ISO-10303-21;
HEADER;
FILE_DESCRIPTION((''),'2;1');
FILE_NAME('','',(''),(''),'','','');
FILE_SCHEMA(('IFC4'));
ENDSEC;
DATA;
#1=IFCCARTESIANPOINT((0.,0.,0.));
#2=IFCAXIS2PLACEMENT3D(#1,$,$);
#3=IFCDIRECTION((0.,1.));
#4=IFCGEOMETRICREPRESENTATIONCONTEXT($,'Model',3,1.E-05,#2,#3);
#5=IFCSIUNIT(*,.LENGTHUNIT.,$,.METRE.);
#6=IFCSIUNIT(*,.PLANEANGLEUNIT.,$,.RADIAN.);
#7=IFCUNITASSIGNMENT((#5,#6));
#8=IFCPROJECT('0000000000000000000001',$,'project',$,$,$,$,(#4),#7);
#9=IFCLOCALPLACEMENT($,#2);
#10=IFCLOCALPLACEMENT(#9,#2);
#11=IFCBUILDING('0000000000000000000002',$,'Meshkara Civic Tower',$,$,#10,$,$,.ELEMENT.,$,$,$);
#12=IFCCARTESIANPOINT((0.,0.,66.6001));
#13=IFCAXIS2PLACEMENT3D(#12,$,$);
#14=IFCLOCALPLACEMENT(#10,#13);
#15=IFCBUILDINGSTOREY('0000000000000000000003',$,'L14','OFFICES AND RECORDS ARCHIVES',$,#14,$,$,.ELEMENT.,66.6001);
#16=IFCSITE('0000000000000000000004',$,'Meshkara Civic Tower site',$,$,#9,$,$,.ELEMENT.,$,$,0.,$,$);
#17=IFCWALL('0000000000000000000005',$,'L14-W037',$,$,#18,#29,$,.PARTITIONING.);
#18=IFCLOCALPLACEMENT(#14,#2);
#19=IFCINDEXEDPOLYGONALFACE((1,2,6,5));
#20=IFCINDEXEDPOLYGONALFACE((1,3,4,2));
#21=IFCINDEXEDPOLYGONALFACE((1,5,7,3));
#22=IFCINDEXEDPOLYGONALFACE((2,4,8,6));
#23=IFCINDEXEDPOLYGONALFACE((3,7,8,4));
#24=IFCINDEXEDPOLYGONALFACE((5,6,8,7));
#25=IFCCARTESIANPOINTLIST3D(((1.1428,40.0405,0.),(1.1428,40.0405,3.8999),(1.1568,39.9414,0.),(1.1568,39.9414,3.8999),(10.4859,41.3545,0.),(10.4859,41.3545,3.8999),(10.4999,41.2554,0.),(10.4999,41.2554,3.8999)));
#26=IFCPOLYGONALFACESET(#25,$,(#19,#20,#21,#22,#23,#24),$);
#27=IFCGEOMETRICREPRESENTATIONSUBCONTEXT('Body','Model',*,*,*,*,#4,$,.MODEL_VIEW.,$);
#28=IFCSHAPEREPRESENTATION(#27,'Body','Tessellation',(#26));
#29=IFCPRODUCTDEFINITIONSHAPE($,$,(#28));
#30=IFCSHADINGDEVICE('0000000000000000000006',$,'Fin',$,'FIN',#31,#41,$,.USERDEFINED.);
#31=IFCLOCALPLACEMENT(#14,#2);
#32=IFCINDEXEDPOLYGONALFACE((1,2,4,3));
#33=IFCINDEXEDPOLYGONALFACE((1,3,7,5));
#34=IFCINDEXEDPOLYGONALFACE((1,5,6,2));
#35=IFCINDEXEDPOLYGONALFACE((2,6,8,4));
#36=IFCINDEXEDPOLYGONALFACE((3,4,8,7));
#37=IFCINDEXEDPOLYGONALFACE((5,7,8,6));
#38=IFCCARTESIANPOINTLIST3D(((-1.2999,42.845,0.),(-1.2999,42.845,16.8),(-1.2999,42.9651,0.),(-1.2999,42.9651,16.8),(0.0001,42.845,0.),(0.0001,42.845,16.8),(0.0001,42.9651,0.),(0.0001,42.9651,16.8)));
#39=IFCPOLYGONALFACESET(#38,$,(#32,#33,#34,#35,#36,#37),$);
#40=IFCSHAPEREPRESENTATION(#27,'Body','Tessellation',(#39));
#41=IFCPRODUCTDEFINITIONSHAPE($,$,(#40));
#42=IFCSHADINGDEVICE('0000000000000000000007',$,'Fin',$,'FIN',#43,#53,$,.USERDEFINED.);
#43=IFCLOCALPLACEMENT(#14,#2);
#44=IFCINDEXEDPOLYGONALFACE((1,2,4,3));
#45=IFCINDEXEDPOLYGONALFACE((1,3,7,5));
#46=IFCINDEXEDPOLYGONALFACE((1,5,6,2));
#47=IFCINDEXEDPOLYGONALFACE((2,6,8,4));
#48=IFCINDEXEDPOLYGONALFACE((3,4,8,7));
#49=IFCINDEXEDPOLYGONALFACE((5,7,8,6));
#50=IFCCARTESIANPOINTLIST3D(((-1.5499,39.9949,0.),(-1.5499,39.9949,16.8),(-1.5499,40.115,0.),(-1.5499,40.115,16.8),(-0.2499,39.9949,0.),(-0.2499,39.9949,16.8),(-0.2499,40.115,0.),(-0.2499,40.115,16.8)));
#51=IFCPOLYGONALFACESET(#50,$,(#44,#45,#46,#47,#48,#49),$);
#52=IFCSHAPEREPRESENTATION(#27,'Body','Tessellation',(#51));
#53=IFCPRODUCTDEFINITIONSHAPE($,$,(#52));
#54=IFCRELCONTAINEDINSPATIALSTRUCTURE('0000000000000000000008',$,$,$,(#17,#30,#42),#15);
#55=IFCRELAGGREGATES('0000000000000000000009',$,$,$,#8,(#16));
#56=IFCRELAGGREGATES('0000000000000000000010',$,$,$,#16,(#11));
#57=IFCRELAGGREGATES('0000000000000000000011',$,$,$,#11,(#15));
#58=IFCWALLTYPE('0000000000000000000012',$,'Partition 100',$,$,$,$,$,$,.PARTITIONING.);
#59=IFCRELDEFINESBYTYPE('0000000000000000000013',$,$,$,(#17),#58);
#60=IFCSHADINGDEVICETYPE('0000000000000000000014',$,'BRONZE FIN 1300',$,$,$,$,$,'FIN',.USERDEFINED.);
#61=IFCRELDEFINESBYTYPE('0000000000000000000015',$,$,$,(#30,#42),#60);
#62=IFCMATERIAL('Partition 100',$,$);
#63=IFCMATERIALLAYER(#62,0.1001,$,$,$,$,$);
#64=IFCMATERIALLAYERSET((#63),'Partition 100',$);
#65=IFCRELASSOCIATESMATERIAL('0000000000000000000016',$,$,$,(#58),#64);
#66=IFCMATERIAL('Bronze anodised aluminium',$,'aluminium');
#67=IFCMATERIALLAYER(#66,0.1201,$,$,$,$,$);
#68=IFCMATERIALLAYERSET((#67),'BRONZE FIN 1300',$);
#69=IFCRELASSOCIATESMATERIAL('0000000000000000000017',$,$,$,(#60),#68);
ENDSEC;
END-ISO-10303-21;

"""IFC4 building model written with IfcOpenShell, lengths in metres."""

from ifc_helpers import new_model, si_unit, direction, frame, frame_2d, origin, origin_2d, place, context, subcontext, project, spatial, rectangle, extrude, material, layer, layer_set, type_object, element, save


model = new_model("IFC4")

# Units and contexts
model_context = context("Model", 3, precision=1e-05, world=origin(), true_north=direction((0.0, 1.0)))
body_context = subcontext(model_context, "Body", "Model", "MODEL_VIEW")
ifc_project = project(units=[si_unit("LENGTHUNIT", "METRE"), si_unit("PLANEANGLEUNIT", "RADIAN")], contexts=[model_context])

# Site, building, storey
site_placement = place(None, origin())
site = spatial("IfcSite", under=ifc_project, at=site_placement, Name="Meshkara Civic Tower site", CompositionType="ELEMENT", RefElevation=0.0)
building_placement = place(site_placement, origin())
building = spatial("IfcBuilding", under=site, at=building_placement, Name="Meshkara Civic Tower", CompositionType="ELEMENT")
storey_placement = place(building_placement, frame((0.0, 0.0, 66.6001)))
storey = spatial("IfcBuildingStorey", under=building, at=storey_placement, Name="L14", Description="OFFICES AND RECORDS ARCHIVES", CompositionType="ELEMENT", Elevation=66.6001)

# Wall
ifc_material_1 = material(Name="Partition 100")
ifc_layer_1 = layer(ifc_material_1, 0.1001)
ifc_layer_set_1 = layer_set([ifc_layer_1], Name="Partition 100")
wall_type_1 = type_object("IfcWallType", Name="Partition 100", PredefinedType="PARTITIONING", material=ifc_layer_set_1)
wall_1_placement = place(storey_placement, frame((10.4929, 41.3049, 0.0), z_axis=(0.0, 0.0, 1.0), x_axis=(-0.990255, -0.139266, 0.0)))
element("IfcWall", 1, at=wall_1_placement, inside=storey, type_object=wall_type_1, Name="L14-W037", PredefinedType="PARTITIONING", context=body_context, shape_type="SweptSolid", body=[
    extrude(rectangle(XDim=9.4351, YDim=0.1001, at=frame_2d((4.7175, 0.0))), origin(), (0.0, 0.0, 1.0), 3.8999),
])

# Shading devices
ifc_material_2 = material(Name="Bronze anodised aluminium", Category="aluminium")
ifc_layer_2 = layer(ifc_material_2, 0.1201)
ifc_layer_set_2 = layer_set([ifc_layer_2], Name="BRONZE FIN 1300")
shading_device_type = type_object("IfcShadingDeviceType", Name="BRONZE FIN 1300", ElementType="FIN", PredefinedType="USERDEFINED", material=ifc_layer_set_2)
for number, where, z_axis, x_axis, name in (
    (2, (-0.6499, 42.905, 0.0), (0.0, 0.0, 1.0), (0.0, -1.0, 0.0), "Fin"),
    (3, (-0.8999, 40.0549, 0.0), (0.0, 0.0, 1.0), (0.0, -1.0, 0.0), "Fin"),
):
    element("IfcShadingDevice", number, at=place(storey_placement, frame(where, z_axis=z_axis, x_axis=x_axis)), inside=storey, type_object=shading_device_type, Name=name, ObjectType="FIN", PredefinedType="USERDEFINED", context=body_context, shape_type="SweptSolid", body=[
        extrude(rectangle(XDim=0.1201, YDim=1.3, at=origin_2d()), origin(), (0.0, 0.0, 1.0), 16.8),
    ])

save(model, "model.ifc")
